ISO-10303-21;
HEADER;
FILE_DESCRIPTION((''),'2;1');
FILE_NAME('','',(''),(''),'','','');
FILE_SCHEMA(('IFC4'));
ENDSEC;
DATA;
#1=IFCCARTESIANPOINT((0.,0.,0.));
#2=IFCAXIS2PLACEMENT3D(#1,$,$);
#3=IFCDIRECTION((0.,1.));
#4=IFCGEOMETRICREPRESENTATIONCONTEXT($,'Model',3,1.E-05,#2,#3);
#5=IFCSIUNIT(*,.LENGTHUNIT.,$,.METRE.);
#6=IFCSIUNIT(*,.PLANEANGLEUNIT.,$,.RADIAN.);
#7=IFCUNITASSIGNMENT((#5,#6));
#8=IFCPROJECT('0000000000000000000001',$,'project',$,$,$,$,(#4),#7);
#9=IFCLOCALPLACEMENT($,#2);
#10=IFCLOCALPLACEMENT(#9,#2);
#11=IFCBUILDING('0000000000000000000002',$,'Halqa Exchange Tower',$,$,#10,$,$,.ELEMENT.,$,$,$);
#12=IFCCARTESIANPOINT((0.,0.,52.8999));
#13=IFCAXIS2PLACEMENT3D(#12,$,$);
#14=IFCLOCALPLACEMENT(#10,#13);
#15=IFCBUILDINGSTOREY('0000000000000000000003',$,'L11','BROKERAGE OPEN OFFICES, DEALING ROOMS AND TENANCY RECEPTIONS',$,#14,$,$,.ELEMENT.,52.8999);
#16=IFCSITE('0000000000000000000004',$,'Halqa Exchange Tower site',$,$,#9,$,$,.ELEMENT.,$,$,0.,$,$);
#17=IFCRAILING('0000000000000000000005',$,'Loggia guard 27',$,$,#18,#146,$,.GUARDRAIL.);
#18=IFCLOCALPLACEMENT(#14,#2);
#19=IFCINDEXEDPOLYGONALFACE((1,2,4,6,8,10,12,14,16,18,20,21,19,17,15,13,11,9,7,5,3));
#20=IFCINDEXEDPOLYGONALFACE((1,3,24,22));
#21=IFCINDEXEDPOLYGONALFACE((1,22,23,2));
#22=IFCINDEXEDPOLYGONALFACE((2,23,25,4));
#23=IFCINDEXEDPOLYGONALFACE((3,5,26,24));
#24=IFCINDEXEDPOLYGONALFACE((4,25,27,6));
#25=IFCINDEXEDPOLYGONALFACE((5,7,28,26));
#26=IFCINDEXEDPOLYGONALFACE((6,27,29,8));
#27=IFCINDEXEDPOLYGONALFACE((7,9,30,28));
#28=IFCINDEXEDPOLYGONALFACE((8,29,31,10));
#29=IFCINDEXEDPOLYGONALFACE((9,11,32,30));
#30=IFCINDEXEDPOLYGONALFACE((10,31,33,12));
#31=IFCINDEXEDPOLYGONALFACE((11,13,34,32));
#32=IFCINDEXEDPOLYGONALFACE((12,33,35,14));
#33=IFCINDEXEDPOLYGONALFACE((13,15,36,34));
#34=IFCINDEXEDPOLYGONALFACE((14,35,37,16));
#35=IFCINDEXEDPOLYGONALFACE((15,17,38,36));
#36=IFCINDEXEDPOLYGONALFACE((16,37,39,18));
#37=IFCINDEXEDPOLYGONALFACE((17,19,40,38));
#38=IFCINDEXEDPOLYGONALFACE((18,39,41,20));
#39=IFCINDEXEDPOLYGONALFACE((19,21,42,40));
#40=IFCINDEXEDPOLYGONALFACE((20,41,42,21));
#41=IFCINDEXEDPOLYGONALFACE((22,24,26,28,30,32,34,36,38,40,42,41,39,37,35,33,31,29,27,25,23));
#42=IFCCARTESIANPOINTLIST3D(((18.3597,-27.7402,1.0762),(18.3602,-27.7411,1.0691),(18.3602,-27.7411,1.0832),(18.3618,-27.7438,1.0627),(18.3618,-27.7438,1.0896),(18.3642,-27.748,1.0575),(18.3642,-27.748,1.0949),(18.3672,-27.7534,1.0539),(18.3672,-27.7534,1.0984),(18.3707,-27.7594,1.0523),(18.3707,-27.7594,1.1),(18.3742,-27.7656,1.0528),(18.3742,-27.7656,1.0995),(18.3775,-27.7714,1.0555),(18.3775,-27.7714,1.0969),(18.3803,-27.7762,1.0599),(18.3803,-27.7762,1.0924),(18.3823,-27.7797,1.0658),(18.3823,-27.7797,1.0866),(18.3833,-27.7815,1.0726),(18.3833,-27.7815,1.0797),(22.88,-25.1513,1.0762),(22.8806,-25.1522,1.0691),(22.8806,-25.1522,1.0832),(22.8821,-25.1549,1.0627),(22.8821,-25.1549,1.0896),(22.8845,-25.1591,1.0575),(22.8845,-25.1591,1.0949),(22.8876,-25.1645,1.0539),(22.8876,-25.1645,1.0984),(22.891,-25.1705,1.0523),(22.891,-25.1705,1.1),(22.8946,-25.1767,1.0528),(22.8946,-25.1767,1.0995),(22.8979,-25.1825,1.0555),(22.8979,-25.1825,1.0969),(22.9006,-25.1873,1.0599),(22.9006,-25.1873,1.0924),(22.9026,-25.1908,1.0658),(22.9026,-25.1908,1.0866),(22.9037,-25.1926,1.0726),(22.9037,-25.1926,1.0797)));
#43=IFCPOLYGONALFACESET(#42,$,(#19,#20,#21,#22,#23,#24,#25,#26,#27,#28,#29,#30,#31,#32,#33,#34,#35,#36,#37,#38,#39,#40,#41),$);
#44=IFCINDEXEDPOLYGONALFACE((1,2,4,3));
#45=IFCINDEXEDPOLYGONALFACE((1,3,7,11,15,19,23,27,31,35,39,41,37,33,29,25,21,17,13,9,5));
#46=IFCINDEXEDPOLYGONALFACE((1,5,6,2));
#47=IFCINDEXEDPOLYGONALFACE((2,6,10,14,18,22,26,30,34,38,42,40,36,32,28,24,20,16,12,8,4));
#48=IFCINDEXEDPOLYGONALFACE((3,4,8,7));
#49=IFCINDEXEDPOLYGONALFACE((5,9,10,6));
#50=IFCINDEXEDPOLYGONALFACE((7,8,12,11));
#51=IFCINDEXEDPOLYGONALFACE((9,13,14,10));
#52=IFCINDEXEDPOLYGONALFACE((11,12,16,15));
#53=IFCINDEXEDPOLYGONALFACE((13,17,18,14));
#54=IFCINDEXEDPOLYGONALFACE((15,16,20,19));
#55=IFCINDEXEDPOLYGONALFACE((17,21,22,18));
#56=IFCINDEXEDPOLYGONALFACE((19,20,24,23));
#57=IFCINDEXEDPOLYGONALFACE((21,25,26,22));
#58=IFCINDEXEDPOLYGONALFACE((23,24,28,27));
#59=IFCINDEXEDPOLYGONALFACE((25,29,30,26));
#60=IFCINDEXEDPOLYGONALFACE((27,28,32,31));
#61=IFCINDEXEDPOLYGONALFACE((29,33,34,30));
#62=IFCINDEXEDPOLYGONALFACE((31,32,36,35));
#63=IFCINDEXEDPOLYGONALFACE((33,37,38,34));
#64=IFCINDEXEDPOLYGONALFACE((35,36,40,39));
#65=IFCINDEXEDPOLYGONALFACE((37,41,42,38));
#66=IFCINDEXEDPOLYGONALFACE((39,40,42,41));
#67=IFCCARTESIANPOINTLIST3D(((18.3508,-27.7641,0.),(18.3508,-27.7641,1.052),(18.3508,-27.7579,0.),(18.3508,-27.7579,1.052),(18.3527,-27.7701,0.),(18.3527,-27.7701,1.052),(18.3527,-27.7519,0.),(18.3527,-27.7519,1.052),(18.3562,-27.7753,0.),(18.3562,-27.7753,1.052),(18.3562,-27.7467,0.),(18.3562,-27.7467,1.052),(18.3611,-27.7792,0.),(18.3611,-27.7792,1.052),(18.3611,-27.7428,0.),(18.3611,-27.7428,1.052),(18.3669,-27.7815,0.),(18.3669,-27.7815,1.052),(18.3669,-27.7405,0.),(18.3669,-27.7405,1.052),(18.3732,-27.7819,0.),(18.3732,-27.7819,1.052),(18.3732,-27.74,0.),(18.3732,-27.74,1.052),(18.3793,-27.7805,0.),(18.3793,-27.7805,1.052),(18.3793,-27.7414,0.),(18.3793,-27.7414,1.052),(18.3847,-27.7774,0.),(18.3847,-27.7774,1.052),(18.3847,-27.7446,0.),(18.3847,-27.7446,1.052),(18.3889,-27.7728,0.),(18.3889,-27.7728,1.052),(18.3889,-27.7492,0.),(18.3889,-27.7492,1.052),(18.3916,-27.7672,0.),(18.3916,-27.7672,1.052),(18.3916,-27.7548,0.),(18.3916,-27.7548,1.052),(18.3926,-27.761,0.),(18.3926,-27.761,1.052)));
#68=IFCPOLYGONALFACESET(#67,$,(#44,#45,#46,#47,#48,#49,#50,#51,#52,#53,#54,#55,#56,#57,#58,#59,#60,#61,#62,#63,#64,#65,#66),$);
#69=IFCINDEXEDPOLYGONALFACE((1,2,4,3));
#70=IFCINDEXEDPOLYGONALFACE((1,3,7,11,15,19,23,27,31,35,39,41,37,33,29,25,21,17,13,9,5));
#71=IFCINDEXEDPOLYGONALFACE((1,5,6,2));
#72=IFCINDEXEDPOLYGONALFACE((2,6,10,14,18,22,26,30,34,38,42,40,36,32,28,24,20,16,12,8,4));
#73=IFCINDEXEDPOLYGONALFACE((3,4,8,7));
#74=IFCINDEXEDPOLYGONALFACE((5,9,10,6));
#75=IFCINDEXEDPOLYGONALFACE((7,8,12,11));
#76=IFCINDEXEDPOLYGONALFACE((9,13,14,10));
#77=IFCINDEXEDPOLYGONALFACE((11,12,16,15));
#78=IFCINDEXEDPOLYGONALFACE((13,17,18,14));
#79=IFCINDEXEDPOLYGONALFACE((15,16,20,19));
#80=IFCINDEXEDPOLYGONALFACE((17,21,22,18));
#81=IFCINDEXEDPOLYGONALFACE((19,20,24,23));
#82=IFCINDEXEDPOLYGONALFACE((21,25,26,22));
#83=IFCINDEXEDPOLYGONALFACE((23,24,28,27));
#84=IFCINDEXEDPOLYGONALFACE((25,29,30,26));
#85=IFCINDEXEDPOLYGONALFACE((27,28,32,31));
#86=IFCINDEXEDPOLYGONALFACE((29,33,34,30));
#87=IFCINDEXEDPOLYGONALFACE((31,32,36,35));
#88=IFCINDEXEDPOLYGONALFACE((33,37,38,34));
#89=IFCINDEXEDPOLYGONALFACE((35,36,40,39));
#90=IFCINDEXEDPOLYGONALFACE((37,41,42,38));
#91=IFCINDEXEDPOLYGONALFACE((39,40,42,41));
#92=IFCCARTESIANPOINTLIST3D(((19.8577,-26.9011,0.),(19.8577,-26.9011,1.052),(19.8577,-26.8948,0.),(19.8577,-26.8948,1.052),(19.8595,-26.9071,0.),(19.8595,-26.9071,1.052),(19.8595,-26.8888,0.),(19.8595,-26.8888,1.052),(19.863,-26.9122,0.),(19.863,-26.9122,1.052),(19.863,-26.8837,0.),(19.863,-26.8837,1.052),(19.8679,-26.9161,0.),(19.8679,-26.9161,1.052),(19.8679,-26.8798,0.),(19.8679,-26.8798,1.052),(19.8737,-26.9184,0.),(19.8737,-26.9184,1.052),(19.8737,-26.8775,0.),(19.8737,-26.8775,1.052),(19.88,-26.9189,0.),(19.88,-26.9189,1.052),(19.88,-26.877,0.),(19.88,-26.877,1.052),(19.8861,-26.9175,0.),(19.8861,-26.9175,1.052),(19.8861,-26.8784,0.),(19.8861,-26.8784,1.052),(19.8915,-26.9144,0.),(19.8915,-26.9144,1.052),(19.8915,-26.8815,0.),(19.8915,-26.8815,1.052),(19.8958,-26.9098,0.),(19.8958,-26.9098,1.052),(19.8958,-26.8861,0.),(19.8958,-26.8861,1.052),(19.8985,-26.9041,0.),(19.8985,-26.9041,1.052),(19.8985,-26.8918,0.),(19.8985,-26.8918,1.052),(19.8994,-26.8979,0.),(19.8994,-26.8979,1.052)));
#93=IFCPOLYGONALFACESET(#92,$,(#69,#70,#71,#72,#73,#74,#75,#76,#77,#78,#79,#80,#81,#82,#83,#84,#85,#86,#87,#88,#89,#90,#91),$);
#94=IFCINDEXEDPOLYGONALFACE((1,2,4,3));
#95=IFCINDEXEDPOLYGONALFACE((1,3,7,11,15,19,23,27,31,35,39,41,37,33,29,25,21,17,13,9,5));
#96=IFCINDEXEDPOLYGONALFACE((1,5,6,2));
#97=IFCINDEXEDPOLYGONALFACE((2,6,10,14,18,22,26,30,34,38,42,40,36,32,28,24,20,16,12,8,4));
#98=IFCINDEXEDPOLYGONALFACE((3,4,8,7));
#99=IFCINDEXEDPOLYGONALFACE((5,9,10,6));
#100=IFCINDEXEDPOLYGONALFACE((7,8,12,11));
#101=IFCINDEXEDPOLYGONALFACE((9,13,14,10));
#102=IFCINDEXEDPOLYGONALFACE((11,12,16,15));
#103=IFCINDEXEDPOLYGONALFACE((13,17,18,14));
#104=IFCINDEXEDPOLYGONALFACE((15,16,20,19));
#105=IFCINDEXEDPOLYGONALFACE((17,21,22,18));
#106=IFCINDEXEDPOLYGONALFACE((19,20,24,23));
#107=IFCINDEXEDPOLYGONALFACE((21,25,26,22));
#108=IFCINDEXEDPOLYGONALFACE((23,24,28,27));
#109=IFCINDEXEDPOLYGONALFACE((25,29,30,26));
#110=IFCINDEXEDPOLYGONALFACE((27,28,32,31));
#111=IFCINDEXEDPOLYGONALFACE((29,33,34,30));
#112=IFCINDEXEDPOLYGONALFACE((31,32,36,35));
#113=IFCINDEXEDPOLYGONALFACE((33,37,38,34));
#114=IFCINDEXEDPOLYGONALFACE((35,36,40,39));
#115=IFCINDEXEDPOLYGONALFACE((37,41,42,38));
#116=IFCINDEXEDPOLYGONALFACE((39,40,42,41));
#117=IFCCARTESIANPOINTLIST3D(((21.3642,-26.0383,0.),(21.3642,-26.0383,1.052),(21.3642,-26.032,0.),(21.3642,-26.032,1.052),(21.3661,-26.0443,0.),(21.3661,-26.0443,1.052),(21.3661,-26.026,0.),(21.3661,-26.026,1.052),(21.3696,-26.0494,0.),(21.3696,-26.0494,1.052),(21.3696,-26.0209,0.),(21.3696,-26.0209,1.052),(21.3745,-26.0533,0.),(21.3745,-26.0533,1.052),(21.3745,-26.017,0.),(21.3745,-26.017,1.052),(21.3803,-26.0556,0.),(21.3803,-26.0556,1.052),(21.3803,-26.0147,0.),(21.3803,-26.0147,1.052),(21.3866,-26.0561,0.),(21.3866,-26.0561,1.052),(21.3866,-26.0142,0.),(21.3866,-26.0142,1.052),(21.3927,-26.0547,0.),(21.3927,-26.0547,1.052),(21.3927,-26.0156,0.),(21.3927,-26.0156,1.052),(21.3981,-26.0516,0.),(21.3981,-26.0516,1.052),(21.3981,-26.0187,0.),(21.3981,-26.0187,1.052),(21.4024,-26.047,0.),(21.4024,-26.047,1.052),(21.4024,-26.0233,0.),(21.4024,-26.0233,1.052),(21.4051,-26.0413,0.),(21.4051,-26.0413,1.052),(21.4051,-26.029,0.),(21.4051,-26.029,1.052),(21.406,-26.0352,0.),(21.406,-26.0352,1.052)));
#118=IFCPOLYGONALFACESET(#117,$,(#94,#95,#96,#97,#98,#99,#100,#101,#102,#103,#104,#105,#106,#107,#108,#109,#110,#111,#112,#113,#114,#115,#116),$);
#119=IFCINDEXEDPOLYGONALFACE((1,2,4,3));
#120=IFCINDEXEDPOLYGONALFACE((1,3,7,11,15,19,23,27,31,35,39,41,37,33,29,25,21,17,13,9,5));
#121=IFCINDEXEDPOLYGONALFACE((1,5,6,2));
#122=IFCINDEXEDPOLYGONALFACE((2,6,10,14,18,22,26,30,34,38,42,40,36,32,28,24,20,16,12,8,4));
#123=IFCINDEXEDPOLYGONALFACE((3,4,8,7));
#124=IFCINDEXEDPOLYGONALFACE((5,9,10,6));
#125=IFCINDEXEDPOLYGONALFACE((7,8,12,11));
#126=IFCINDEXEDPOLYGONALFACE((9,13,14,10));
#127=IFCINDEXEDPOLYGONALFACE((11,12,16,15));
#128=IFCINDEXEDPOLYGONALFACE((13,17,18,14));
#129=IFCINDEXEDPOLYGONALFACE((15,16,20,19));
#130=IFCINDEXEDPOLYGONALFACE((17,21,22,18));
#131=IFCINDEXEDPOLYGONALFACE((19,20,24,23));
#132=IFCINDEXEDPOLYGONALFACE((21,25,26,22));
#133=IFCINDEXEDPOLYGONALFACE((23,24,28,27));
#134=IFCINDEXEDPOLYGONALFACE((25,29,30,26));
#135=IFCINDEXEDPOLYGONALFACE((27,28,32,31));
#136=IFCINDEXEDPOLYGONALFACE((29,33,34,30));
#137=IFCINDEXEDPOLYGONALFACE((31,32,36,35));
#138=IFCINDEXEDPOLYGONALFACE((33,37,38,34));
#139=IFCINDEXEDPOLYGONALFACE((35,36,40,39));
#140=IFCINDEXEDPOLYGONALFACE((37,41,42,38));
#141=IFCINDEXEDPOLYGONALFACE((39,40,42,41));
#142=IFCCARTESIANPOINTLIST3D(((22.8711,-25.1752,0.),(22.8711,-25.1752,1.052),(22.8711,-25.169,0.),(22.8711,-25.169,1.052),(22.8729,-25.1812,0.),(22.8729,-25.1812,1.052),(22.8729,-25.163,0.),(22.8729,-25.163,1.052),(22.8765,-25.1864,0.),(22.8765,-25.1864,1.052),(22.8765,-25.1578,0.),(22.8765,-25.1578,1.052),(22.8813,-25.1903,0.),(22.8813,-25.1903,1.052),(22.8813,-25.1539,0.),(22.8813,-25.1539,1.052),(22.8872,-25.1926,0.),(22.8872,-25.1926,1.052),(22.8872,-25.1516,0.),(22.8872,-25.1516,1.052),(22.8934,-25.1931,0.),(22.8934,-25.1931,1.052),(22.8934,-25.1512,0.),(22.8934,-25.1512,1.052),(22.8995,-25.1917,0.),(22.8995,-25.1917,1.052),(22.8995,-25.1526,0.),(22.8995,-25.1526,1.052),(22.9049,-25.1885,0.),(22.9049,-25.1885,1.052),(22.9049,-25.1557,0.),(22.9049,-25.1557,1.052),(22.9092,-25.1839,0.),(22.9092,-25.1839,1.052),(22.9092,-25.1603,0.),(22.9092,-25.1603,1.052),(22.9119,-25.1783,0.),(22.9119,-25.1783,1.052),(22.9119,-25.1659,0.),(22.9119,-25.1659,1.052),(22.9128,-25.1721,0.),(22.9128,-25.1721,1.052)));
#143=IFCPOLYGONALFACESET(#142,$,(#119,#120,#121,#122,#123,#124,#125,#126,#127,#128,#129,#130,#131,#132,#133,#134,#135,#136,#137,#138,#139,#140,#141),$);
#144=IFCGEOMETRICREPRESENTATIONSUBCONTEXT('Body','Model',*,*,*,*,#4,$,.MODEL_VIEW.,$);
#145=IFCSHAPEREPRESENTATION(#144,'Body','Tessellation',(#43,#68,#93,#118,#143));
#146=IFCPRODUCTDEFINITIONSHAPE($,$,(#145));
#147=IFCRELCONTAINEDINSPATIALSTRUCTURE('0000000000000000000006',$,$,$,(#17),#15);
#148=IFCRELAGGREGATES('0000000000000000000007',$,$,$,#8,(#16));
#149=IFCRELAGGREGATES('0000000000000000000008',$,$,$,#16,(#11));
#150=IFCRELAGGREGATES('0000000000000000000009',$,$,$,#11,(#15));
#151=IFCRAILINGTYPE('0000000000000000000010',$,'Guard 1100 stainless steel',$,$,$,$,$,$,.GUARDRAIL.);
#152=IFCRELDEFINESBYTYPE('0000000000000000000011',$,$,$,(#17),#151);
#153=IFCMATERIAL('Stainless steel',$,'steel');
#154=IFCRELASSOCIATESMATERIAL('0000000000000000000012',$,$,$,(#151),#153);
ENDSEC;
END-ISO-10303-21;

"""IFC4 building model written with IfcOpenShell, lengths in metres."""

from ifc_helpers import new_model, si_unit, direction, frame, origin, origin_2d, place, context, subcontext, project, spatial, circle, extrude, material, type_object, element, save


model = new_model("IFC4")

# Units and contexts
model_context = context("Model", 3, precision=1e-05, world=origin(), true_north=direction((0.0, 1.0)))
body_context = subcontext(model_context, "Body", "Model", "MODEL_VIEW")
ifc_project = project(units=[si_unit("LENGTHUNIT", "METRE"), si_unit("PLANEANGLEUNIT", "RADIAN")], contexts=[model_context])

# Site, building, storey
site_placement = place(None, origin())
site = spatial("IfcSite", under=ifc_project, at=site_placement, Name="Halqa Exchange Tower site", CompositionType="ELEMENT", RefElevation=0.0)
building_placement = place(site_placement, origin())
building = spatial("IfcBuilding", under=site, at=building_placement, Name="Halqa Exchange Tower", CompositionType="ELEMENT")
storey_placement = place(building_placement, frame((0.0, 0.0, 52.8999)))
storey = spatial("IfcBuildingStorey", under=building, at=storey_placement, Name="L11", Description="BROKERAGE OPEN OFFICES, DEALING ROOMS AND TENANCY RECEPTIONS", CompositionType="ELEMENT", Elevation=52.8999)

# Railing
ifc_material_1 = material(Name="Stainless steel", Category="steel")
railing_type = type_object("IfcRailingType", Name="Guard 1100 stainless steel", PredefinedType="GUARDRAIL", material=ifc_material_1)
railing_1_placement = place(storey_placement, frame((18.3716, -27.761, 0.0)))
element("IfcRailing", 1, at=railing_1_placement, inside=storey, type_object=railing_type, Name="Loggia guard 27", PredefinedType="GUARDRAIL", context=body_context, shape_type="SweptSolid", body=[
    extrude(circle(Radius=0.0239, at=origin_2d()), frame((0.0, 0.0, 1.0762), z_axis=(0.867758, 0.496987, 0.0), x_axis=(-0.496987, 0.867758, 0.0)), (0.0, 0.0, 1.0), 5.2092),
    extrude(circle(Radius=0.021, at=origin_2d()), origin(), (0.0, 0.0, 1.0), 1.052),
    extrude(circle(Radius=0.021, at=origin_2d()), frame((1.5068, 0.863, 0.0)), (0.0, 0.0, 1.0), 1.052),
    extrude(circle(Radius=0.021, at=origin_2d()), frame((3.0134, 1.7258, 0.0)), (0.0, 0.0, 1.0), 1.052),
    extrude(circle(Radius=0.021, at=origin_2d()), frame((4.5203, 2.5889, 0.0)), (0.0, 0.0, 1.0), 1.052),
])

save(model, "model.ifc")
